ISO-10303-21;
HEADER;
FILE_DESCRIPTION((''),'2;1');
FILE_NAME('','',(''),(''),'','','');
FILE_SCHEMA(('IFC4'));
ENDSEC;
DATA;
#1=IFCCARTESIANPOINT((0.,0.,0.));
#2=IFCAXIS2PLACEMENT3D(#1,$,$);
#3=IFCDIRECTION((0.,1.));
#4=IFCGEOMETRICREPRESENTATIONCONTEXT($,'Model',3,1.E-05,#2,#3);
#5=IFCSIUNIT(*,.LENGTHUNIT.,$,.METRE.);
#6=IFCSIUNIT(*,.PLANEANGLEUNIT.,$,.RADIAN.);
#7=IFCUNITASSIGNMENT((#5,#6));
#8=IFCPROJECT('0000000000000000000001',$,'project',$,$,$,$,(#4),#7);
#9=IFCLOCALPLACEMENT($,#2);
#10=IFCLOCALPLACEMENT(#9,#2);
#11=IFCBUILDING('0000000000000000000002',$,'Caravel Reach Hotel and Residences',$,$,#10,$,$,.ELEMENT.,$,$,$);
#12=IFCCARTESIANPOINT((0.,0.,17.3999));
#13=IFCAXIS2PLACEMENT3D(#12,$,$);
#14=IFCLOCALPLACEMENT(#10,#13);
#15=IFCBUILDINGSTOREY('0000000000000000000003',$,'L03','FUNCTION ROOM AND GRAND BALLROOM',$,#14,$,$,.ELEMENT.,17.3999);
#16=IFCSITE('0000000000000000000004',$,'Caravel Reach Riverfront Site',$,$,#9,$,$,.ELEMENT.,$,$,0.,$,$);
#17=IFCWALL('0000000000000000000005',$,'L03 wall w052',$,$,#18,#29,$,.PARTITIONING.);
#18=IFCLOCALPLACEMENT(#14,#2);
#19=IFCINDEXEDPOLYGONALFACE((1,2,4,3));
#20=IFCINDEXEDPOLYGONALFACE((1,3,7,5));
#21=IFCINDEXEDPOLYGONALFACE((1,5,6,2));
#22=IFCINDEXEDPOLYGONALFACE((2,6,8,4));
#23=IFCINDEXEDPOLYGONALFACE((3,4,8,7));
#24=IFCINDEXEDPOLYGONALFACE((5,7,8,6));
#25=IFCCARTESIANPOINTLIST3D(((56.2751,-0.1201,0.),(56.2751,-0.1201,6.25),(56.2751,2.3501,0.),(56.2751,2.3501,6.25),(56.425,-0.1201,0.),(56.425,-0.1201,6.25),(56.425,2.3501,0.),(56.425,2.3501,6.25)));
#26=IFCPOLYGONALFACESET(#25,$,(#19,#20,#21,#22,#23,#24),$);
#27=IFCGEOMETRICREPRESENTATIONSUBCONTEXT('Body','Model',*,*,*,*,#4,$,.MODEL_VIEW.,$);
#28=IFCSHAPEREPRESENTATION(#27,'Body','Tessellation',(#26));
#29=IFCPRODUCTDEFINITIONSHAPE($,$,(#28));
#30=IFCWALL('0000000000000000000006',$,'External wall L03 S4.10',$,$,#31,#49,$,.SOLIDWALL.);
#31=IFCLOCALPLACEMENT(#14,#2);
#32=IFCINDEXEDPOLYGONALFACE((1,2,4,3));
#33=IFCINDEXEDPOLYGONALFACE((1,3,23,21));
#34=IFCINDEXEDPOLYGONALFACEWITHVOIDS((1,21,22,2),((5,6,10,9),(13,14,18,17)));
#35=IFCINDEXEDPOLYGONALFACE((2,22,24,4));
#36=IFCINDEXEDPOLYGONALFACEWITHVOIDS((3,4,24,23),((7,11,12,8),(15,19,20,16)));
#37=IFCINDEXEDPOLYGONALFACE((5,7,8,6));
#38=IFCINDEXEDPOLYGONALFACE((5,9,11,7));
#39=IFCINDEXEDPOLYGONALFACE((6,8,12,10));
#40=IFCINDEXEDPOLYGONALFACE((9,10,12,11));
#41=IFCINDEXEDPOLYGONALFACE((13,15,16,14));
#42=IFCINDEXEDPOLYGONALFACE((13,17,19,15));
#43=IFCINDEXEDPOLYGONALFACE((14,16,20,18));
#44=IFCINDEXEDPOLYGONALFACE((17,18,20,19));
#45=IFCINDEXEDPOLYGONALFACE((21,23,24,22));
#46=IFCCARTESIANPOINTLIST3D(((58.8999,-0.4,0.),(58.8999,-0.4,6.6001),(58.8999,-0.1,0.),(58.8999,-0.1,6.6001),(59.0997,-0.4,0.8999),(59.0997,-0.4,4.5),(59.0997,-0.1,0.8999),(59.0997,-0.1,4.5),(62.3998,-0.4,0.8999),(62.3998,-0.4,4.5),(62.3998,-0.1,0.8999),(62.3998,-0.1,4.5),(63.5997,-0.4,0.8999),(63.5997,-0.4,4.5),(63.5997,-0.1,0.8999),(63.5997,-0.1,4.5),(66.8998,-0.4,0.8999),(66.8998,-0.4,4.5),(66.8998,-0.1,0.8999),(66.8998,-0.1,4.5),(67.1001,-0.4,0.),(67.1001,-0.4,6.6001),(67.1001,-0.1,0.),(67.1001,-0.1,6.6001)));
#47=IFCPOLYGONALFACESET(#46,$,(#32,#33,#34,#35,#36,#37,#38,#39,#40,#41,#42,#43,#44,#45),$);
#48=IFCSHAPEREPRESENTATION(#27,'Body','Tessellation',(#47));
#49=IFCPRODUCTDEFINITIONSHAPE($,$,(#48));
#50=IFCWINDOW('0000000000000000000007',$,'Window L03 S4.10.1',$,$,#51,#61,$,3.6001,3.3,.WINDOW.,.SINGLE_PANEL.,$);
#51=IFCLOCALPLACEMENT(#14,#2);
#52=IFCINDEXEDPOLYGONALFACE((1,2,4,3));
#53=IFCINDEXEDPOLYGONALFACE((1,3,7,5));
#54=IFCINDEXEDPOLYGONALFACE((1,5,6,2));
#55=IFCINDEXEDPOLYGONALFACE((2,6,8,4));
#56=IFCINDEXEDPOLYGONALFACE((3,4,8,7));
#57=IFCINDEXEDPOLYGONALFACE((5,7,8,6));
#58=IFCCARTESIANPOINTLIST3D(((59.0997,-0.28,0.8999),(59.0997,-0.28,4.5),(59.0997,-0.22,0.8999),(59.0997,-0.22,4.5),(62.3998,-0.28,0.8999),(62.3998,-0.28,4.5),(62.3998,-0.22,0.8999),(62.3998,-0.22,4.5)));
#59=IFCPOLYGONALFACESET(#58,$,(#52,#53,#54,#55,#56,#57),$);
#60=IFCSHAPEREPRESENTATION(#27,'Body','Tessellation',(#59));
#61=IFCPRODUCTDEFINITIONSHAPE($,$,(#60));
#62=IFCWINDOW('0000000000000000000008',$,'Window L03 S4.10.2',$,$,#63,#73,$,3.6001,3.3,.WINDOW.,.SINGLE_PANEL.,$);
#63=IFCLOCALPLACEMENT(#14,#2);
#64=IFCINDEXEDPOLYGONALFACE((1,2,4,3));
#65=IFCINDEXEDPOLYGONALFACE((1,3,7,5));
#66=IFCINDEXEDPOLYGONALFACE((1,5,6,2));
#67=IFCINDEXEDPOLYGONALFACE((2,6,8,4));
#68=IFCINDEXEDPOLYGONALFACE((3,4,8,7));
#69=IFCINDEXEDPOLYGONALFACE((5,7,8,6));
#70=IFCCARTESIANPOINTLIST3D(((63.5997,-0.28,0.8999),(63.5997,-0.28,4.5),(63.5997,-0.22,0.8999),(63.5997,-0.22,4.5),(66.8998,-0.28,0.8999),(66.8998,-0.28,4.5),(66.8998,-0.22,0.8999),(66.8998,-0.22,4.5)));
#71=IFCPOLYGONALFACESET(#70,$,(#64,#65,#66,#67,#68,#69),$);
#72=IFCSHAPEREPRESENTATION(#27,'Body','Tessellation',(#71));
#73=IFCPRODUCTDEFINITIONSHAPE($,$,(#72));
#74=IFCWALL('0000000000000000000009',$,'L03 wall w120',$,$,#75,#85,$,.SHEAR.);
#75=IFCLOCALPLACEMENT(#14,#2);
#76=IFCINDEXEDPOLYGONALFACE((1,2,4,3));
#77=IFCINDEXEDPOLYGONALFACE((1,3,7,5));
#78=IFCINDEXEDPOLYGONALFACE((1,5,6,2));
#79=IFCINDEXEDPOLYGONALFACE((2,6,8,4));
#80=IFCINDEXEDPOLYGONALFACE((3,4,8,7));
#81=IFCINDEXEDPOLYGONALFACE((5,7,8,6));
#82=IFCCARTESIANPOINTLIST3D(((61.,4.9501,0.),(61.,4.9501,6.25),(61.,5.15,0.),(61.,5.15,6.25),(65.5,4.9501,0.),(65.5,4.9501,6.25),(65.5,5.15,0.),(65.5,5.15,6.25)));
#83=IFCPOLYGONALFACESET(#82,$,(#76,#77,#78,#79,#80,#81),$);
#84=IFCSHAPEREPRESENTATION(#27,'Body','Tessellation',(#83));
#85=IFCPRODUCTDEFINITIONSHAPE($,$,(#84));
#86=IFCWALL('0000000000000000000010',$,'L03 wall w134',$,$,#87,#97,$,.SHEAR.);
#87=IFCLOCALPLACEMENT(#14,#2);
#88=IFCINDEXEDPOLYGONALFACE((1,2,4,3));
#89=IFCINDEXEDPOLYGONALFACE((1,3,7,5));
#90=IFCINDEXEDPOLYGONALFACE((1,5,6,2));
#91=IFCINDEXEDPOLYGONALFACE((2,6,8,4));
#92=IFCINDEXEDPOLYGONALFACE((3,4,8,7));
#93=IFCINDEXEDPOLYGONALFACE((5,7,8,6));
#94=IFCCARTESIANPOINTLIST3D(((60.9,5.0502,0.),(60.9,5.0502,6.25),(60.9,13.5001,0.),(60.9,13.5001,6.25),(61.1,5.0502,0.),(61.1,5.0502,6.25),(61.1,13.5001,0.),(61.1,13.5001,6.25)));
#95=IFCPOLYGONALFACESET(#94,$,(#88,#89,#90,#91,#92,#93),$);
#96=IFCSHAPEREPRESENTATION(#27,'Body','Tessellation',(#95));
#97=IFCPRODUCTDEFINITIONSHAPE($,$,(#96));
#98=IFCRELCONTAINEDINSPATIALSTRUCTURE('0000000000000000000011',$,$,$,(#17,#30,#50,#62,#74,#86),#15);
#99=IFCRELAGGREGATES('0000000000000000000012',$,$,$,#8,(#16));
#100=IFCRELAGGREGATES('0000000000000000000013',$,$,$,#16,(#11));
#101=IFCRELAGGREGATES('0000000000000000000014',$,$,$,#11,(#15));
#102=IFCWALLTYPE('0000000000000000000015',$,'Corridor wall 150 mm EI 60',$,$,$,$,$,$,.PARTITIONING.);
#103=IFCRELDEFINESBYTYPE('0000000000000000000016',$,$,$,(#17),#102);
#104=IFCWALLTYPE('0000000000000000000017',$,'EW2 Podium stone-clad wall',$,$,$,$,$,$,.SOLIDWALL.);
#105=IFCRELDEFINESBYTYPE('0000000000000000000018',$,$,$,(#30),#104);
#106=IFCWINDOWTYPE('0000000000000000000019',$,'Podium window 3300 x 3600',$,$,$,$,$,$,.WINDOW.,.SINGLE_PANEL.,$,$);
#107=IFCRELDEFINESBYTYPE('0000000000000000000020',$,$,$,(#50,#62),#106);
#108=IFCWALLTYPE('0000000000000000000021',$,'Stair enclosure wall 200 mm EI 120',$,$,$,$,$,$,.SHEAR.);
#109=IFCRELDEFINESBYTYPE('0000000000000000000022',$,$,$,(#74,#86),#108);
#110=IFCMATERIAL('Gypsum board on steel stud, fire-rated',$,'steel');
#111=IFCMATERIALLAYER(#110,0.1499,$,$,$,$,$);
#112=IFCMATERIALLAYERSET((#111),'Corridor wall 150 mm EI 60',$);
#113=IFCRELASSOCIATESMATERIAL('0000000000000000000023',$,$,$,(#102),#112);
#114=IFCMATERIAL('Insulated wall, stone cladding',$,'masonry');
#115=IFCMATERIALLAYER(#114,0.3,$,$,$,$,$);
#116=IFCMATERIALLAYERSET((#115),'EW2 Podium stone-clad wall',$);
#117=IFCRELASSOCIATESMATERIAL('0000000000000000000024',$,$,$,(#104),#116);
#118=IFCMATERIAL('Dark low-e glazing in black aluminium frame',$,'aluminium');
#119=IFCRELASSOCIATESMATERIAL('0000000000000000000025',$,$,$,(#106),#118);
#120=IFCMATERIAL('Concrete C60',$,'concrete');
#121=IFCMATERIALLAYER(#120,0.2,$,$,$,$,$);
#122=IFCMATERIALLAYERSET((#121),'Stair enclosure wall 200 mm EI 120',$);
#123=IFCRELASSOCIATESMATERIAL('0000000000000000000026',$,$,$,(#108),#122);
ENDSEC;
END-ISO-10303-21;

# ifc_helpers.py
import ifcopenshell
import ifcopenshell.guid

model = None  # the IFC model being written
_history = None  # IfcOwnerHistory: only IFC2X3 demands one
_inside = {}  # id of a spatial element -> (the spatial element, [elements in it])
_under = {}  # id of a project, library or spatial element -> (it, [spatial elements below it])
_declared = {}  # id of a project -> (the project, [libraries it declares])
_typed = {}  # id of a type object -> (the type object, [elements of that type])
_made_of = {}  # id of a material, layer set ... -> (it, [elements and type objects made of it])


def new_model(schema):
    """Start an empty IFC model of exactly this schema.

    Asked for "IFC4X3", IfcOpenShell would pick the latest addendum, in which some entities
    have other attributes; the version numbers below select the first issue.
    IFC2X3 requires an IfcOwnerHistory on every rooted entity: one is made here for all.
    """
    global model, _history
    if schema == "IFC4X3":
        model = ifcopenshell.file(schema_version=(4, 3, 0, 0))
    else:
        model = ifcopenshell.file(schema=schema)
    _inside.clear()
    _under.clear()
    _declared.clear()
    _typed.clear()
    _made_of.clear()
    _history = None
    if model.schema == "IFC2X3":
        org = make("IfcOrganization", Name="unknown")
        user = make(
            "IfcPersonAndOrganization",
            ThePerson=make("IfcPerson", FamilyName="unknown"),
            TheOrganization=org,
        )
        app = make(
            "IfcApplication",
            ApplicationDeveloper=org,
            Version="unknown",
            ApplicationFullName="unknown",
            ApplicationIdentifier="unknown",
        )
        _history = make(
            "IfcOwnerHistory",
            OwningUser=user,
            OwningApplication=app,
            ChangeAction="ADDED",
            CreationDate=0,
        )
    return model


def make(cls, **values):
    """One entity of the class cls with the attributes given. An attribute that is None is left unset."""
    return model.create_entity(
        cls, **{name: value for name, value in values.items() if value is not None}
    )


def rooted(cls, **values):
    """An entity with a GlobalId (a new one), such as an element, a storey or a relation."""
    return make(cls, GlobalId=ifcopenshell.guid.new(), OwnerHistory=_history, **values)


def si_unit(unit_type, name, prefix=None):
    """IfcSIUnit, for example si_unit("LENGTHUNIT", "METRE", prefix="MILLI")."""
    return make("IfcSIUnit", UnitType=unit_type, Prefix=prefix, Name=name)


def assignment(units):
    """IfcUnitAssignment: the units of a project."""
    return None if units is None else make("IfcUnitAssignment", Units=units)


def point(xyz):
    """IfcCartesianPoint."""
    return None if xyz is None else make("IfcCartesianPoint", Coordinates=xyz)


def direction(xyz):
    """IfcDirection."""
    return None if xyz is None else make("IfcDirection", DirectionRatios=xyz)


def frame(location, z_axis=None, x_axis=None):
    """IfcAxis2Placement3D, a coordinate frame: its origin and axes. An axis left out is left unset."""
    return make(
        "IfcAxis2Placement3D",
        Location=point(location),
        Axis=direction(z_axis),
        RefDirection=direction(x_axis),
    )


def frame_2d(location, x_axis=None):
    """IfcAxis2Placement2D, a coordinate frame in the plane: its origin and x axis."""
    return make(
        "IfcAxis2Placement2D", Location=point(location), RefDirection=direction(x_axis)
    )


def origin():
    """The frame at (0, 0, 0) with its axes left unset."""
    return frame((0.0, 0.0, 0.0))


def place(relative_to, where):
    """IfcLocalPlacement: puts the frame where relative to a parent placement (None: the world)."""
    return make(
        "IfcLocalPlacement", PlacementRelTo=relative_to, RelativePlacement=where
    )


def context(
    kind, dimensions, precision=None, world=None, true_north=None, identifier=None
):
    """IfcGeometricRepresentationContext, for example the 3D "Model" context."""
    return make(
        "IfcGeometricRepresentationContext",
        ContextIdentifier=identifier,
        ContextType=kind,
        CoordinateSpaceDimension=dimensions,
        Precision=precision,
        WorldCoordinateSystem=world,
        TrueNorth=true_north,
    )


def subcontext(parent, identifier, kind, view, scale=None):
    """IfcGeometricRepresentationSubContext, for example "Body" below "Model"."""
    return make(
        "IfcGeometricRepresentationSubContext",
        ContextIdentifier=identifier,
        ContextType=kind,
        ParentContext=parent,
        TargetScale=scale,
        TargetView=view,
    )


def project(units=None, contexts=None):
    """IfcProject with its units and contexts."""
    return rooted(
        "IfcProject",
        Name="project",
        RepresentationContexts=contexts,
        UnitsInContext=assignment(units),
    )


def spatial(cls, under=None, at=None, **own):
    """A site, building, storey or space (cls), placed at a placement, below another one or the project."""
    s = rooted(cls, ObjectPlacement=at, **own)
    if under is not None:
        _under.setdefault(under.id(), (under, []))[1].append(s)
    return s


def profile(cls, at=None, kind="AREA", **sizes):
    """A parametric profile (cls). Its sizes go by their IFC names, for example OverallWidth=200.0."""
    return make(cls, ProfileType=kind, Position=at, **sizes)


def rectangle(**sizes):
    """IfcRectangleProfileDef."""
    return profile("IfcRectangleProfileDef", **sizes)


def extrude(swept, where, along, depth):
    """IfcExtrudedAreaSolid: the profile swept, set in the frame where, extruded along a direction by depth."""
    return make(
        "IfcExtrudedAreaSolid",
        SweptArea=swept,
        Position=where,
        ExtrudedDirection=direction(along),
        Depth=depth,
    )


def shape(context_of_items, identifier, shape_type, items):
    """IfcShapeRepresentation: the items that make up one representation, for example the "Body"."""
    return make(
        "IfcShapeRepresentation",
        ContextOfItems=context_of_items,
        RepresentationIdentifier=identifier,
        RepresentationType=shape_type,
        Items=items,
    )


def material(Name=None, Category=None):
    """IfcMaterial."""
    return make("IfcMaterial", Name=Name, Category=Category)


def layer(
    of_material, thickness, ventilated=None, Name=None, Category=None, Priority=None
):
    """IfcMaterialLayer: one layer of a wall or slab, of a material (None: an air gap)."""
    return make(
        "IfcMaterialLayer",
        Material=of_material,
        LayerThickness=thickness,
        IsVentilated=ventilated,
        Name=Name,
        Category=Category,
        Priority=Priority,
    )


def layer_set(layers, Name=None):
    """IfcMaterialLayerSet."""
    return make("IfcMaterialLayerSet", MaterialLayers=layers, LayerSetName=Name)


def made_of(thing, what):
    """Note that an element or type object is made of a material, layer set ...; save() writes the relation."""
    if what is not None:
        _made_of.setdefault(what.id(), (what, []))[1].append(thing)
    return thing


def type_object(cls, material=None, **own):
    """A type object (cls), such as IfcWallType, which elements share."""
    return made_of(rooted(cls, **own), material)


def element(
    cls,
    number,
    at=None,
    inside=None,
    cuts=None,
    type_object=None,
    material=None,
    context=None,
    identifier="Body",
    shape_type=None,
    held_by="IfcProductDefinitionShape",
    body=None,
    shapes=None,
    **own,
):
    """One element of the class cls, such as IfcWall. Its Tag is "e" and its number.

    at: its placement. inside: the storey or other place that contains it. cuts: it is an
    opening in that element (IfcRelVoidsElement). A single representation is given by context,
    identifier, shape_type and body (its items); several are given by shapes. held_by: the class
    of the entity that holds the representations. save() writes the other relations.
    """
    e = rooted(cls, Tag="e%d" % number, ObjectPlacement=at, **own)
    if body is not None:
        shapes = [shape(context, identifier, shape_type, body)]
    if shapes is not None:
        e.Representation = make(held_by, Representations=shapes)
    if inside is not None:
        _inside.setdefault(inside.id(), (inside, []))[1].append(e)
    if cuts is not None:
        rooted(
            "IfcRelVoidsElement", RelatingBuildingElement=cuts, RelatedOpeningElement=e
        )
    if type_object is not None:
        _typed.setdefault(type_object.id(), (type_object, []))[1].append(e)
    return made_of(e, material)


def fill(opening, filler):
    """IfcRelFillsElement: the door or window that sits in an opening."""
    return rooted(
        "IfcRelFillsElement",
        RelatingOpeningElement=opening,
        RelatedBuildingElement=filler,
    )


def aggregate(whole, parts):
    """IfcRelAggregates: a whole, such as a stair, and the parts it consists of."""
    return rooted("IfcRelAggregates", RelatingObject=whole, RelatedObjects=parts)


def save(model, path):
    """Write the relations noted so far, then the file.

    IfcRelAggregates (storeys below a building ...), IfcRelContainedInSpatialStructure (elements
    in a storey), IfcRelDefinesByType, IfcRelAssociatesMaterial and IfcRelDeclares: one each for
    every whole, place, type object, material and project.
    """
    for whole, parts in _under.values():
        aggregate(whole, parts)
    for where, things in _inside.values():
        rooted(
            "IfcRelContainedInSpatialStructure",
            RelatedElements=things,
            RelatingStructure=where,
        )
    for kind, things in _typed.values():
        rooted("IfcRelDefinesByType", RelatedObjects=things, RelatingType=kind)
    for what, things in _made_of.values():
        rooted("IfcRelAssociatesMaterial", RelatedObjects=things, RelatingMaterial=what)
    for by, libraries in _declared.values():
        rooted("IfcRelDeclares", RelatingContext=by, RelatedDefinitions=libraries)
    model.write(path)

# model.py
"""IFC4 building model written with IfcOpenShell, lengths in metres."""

from ifc_helpers import new_model, si_unit, direction, frame, frame_2d, origin, place, context, subcontext, project, spatial, rectangle, extrude, material, layer, layer_set, type_object, element, fill, save


model = new_model("IFC4")

# Units and contexts
model_context = context("Model", 3, precision=1e-05, world=origin(), true_north=direction((0.0, 1.0)))
body_context = subcontext(model_context, "Body", "Model", "MODEL_VIEW")
ifc_project = project(units=[si_unit("LENGTHUNIT", "METRE"), si_unit("PLANEANGLEUNIT", "RADIAN")], contexts=[model_context])

# Site, building, storey
site_placement = place(None, origin())
site = spatial("IfcSite", under=ifc_project, at=site_placement, Name="Caravel Reach Riverfront Site", CompositionType="ELEMENT", RefElevation=0.0)
building_placement = place(site_placement, origin())
building = spatial("IfcBuilding", under=site, at=building_placement, Name="Caravel Reach Hotel and Residences", CompositionType="ELEMENT")
storey_placement = place(building_placement, frame((0.0, 0.0, 17.3999)))
storey = spatial("IfcBuildingStorey", under=building, at=storey_placement, Name="L03", Description="FUNCTION ROOM AND GRAND BALLROOM", CompositionType="ELEMENT", Elevation=17.3999)

# Shared definitions
ifc_material_1 = material(Name="Gypsum board on steel stud, fire-rated", Category="steel")
ifc_layer_1 = layer(ifc_material_1, 0.1499)
ifc_layer_set_1 = layer_set([ifc_layer_1], Name="Corridor wall 150 mm EI 60")
wall_type_1 = type_object("IfcWallType", Name="Corridor wall 150 mm EI 60", PredefinedType="PARTITIONING", material=ifc_layer_set_1)

# Wall
wall_1_placement = place(storey_placement, frame((56.3501, -0.1201, 0.0), z_axis=(0.0, 0.0, 1.0), x_axis=(0.0, 1.0, 0.0)))
element("IfcWall", 1, at=wall_1_placement, inside=storey, type_object=wall_type_1, Name="L03 wall w052", PredefinedType="PARTITIONING", context=body_context, shape_type="SweptSolid", body=[
    extrude(rectangle(XDim=2.4702, YDim=0.1499, at=frame_2d((1.2351, 0.0))), origin(), (0.0, 0.0, 1.0), 6.25),
])

# Wall, openings, windows
ifc_material_2 = material(Name="Insulated wall, stone cladding", Category="masonry")
ifc_layer_2 = layer(ifc_material_2, 0.3)
ifc_layer_set_2 = layer_set([ifc_layer_2], Name="EW2 Podium stone-clad wall")
wall_type_2 = type_object("IfcWallType", Name="EW2 Podium stone-clad wall", PredefinedType="SOLIDWALL", material=ifc_layer_set_2)
wall_2_placement = place(storey_placement, frame((58.8999, -0.25, 0.0), z_axis=(0.0, 0.0, 1.0), x_axis=(1.0, 0.0, 0.0)))
wall_2 = element("IfcWall", 2, at=wall_2_placement, inside=storey, type_object=wall_type_2, Name="External wall L03 S4.10", PredefinedType="SOLIDWALL", context=body_context, shape_type="SweptSolid", body=[
    extrude(rectangle(XDim=8.2002, YDim=0.3, at=frame_2d((4.1001, 0.0))), origin(), (0.0, 0.0, 1.0), 6.6001),
])
opening_1_placement = place(wall_2_placement, frame((0.2, 0.0, 0.8999)))
opening_1 = element("IfcOpeningElement", 3, at=opening_1_placement, cuts=wall_2, PredefinedType="OPENING", context=body_context, shape_type="SweptSolid", body=[
    extrude(rectangle(XDim=3.3, YDim=3.6001, at=frame_2d((1.6499, 1.8))), frame((0.0, 0.1599, 0.0), z_axis=(0.0, -1.0, 0.0), x_axis=(1.0, 0.0, 0.0)), (0.0, 0.0, 1.0), 0.3201),
])
opening_2_placement = place(wall_2_placement, frame((4.7, 0.0, 0.8999)))
opening_2 = element("IfcOpeningElement", 4, at=opening_2_placement, cuts=wall_2, PredefinedType="OPENING", context=body_context, shape_type="SweptSolid", body=[
    extrude(rectangle(XDim=3.3, YDim=3.6001, at=frame_2d((1.6499, 1.8))), frame((0.0, 0.1599, 0.0), z_axis=(0.0, -1.0, 0.0), x_axis=(1.0, 0.0, 0.0)), (0.0, 0.0, 1.0), 0.3201),
])
ifc_material_3 = material(Name="Dark low-e glazing in black aluminium frame", Category="aluminium")
window_type = type_object("IfcWindowType", Name="Podium window 3300 x 3600", PartitioningType="SINGLE_PANEL", PredefinedType="WINDOW", material=ifc_material_3)
window_1_placement = place(opening_1_placement, origin())
window_1 = element("IfcWindow", 5, at=window_1_placement, inside=storey, type_object=window_type, Name="Window L03 S4.10.1", OverallHeight=3.6001, OverallWidth=3.3, PartitioningType="SINGLE_PANEL", PredefinedType="WINDOW", context=body_context, shape_type="SweptSolid", body=[
    extrude(rectangle(XDim=3.3, YDim=3.6001, at=frame_2d((1.6499, 1.8))), frame((0.0, 0.03, 0.0), z_axis=(0.0, -1.0, 0.0), x_axis=(1.0, 0.0, 0.0)), (0.0, 0.0, 1.0), 0.0601),
])
fill(opening_1, window_1)
window_2_placement = place(opening_2_placement, origin())
window_2 = element("IfcWindow", 6, at=window_2_placement, inside=storey, type_object=window_type, Name="Window L03 S4.10.2", OverallHeight=3.6001, OverallWidth=3.3, PartitioningType="SINGLE_PANEL", PredefinedType="WINDOW", context=body_context, shape_type="SweptSolid", body=[
    extrude(rectangle(XDim=3.3, YDim=3.6001, at=frame_2d((1.6499, 1.8))), frame((0.0, 0.03, 0.0), z_axis=(0.0, -1.0, 0.0), x_axis=(1.0, 0.0, 0.0)), (0.0, 0.0, 1.0), 0.0601),
])
fill(opening_2, window_2)

# Walls
ifc_material_4 = material(Name="Concrete C60", Category="concrete")
ifc_layer_3 = layer(ifc_material_4, 0.2)
ifc_layer_set_3 = layer_set([ifc_layer_3], Name="Stair enclosure wall 200 mm EI 120")
wall_type_3 = type_object("IfcWallType", Name="Stair enclosure wall 200 mm EI 120", PredefinedType="SHEAR", material=ifc_layer_set_3)
wall_3_placement = place(storey_placement, frame((61.0, 5.05, 0.0), z_axis=(0.0, 0.0, 1.0), x_axis=(1.0, 0.0, 0.0)))
element("IfcWall", 7, at=wall_3_placement, inside=storey, type_object=wall_type_3, Name="L03 wall w120", PredefinedType="SHEAR", context=body_context, shape_type="SweptSolid", body=[
    extrude(rectangle(XDim=4.5, YDim=0.2, at=frame_2d((2.25, 0.0))), origin(), (0.0, 0.0, 1.0), 6.25),
])
wall_4_placement = place(storey_placement, frame((61.0, 5.05, 0.0), z_axis=(0.0, 0.0, 1.0), x_axis=(0.0, 1.0, 0.0)))
element("IfcWall", 8, at=wall_4_placement, inside=storey, type_object=wall_type_3, Name="L03 wall w134", PredefinedType="SHEAR", context=body_context, shape_type="SweptSolid", body=[
    extrude(rectangle(XDim=8.45, YDim=0.2, at=frame_2d((4.2251, 0.0))), origin(), (0.0, 0.0, 1.0), 6.25),
])

save(model, "model.ifc")
